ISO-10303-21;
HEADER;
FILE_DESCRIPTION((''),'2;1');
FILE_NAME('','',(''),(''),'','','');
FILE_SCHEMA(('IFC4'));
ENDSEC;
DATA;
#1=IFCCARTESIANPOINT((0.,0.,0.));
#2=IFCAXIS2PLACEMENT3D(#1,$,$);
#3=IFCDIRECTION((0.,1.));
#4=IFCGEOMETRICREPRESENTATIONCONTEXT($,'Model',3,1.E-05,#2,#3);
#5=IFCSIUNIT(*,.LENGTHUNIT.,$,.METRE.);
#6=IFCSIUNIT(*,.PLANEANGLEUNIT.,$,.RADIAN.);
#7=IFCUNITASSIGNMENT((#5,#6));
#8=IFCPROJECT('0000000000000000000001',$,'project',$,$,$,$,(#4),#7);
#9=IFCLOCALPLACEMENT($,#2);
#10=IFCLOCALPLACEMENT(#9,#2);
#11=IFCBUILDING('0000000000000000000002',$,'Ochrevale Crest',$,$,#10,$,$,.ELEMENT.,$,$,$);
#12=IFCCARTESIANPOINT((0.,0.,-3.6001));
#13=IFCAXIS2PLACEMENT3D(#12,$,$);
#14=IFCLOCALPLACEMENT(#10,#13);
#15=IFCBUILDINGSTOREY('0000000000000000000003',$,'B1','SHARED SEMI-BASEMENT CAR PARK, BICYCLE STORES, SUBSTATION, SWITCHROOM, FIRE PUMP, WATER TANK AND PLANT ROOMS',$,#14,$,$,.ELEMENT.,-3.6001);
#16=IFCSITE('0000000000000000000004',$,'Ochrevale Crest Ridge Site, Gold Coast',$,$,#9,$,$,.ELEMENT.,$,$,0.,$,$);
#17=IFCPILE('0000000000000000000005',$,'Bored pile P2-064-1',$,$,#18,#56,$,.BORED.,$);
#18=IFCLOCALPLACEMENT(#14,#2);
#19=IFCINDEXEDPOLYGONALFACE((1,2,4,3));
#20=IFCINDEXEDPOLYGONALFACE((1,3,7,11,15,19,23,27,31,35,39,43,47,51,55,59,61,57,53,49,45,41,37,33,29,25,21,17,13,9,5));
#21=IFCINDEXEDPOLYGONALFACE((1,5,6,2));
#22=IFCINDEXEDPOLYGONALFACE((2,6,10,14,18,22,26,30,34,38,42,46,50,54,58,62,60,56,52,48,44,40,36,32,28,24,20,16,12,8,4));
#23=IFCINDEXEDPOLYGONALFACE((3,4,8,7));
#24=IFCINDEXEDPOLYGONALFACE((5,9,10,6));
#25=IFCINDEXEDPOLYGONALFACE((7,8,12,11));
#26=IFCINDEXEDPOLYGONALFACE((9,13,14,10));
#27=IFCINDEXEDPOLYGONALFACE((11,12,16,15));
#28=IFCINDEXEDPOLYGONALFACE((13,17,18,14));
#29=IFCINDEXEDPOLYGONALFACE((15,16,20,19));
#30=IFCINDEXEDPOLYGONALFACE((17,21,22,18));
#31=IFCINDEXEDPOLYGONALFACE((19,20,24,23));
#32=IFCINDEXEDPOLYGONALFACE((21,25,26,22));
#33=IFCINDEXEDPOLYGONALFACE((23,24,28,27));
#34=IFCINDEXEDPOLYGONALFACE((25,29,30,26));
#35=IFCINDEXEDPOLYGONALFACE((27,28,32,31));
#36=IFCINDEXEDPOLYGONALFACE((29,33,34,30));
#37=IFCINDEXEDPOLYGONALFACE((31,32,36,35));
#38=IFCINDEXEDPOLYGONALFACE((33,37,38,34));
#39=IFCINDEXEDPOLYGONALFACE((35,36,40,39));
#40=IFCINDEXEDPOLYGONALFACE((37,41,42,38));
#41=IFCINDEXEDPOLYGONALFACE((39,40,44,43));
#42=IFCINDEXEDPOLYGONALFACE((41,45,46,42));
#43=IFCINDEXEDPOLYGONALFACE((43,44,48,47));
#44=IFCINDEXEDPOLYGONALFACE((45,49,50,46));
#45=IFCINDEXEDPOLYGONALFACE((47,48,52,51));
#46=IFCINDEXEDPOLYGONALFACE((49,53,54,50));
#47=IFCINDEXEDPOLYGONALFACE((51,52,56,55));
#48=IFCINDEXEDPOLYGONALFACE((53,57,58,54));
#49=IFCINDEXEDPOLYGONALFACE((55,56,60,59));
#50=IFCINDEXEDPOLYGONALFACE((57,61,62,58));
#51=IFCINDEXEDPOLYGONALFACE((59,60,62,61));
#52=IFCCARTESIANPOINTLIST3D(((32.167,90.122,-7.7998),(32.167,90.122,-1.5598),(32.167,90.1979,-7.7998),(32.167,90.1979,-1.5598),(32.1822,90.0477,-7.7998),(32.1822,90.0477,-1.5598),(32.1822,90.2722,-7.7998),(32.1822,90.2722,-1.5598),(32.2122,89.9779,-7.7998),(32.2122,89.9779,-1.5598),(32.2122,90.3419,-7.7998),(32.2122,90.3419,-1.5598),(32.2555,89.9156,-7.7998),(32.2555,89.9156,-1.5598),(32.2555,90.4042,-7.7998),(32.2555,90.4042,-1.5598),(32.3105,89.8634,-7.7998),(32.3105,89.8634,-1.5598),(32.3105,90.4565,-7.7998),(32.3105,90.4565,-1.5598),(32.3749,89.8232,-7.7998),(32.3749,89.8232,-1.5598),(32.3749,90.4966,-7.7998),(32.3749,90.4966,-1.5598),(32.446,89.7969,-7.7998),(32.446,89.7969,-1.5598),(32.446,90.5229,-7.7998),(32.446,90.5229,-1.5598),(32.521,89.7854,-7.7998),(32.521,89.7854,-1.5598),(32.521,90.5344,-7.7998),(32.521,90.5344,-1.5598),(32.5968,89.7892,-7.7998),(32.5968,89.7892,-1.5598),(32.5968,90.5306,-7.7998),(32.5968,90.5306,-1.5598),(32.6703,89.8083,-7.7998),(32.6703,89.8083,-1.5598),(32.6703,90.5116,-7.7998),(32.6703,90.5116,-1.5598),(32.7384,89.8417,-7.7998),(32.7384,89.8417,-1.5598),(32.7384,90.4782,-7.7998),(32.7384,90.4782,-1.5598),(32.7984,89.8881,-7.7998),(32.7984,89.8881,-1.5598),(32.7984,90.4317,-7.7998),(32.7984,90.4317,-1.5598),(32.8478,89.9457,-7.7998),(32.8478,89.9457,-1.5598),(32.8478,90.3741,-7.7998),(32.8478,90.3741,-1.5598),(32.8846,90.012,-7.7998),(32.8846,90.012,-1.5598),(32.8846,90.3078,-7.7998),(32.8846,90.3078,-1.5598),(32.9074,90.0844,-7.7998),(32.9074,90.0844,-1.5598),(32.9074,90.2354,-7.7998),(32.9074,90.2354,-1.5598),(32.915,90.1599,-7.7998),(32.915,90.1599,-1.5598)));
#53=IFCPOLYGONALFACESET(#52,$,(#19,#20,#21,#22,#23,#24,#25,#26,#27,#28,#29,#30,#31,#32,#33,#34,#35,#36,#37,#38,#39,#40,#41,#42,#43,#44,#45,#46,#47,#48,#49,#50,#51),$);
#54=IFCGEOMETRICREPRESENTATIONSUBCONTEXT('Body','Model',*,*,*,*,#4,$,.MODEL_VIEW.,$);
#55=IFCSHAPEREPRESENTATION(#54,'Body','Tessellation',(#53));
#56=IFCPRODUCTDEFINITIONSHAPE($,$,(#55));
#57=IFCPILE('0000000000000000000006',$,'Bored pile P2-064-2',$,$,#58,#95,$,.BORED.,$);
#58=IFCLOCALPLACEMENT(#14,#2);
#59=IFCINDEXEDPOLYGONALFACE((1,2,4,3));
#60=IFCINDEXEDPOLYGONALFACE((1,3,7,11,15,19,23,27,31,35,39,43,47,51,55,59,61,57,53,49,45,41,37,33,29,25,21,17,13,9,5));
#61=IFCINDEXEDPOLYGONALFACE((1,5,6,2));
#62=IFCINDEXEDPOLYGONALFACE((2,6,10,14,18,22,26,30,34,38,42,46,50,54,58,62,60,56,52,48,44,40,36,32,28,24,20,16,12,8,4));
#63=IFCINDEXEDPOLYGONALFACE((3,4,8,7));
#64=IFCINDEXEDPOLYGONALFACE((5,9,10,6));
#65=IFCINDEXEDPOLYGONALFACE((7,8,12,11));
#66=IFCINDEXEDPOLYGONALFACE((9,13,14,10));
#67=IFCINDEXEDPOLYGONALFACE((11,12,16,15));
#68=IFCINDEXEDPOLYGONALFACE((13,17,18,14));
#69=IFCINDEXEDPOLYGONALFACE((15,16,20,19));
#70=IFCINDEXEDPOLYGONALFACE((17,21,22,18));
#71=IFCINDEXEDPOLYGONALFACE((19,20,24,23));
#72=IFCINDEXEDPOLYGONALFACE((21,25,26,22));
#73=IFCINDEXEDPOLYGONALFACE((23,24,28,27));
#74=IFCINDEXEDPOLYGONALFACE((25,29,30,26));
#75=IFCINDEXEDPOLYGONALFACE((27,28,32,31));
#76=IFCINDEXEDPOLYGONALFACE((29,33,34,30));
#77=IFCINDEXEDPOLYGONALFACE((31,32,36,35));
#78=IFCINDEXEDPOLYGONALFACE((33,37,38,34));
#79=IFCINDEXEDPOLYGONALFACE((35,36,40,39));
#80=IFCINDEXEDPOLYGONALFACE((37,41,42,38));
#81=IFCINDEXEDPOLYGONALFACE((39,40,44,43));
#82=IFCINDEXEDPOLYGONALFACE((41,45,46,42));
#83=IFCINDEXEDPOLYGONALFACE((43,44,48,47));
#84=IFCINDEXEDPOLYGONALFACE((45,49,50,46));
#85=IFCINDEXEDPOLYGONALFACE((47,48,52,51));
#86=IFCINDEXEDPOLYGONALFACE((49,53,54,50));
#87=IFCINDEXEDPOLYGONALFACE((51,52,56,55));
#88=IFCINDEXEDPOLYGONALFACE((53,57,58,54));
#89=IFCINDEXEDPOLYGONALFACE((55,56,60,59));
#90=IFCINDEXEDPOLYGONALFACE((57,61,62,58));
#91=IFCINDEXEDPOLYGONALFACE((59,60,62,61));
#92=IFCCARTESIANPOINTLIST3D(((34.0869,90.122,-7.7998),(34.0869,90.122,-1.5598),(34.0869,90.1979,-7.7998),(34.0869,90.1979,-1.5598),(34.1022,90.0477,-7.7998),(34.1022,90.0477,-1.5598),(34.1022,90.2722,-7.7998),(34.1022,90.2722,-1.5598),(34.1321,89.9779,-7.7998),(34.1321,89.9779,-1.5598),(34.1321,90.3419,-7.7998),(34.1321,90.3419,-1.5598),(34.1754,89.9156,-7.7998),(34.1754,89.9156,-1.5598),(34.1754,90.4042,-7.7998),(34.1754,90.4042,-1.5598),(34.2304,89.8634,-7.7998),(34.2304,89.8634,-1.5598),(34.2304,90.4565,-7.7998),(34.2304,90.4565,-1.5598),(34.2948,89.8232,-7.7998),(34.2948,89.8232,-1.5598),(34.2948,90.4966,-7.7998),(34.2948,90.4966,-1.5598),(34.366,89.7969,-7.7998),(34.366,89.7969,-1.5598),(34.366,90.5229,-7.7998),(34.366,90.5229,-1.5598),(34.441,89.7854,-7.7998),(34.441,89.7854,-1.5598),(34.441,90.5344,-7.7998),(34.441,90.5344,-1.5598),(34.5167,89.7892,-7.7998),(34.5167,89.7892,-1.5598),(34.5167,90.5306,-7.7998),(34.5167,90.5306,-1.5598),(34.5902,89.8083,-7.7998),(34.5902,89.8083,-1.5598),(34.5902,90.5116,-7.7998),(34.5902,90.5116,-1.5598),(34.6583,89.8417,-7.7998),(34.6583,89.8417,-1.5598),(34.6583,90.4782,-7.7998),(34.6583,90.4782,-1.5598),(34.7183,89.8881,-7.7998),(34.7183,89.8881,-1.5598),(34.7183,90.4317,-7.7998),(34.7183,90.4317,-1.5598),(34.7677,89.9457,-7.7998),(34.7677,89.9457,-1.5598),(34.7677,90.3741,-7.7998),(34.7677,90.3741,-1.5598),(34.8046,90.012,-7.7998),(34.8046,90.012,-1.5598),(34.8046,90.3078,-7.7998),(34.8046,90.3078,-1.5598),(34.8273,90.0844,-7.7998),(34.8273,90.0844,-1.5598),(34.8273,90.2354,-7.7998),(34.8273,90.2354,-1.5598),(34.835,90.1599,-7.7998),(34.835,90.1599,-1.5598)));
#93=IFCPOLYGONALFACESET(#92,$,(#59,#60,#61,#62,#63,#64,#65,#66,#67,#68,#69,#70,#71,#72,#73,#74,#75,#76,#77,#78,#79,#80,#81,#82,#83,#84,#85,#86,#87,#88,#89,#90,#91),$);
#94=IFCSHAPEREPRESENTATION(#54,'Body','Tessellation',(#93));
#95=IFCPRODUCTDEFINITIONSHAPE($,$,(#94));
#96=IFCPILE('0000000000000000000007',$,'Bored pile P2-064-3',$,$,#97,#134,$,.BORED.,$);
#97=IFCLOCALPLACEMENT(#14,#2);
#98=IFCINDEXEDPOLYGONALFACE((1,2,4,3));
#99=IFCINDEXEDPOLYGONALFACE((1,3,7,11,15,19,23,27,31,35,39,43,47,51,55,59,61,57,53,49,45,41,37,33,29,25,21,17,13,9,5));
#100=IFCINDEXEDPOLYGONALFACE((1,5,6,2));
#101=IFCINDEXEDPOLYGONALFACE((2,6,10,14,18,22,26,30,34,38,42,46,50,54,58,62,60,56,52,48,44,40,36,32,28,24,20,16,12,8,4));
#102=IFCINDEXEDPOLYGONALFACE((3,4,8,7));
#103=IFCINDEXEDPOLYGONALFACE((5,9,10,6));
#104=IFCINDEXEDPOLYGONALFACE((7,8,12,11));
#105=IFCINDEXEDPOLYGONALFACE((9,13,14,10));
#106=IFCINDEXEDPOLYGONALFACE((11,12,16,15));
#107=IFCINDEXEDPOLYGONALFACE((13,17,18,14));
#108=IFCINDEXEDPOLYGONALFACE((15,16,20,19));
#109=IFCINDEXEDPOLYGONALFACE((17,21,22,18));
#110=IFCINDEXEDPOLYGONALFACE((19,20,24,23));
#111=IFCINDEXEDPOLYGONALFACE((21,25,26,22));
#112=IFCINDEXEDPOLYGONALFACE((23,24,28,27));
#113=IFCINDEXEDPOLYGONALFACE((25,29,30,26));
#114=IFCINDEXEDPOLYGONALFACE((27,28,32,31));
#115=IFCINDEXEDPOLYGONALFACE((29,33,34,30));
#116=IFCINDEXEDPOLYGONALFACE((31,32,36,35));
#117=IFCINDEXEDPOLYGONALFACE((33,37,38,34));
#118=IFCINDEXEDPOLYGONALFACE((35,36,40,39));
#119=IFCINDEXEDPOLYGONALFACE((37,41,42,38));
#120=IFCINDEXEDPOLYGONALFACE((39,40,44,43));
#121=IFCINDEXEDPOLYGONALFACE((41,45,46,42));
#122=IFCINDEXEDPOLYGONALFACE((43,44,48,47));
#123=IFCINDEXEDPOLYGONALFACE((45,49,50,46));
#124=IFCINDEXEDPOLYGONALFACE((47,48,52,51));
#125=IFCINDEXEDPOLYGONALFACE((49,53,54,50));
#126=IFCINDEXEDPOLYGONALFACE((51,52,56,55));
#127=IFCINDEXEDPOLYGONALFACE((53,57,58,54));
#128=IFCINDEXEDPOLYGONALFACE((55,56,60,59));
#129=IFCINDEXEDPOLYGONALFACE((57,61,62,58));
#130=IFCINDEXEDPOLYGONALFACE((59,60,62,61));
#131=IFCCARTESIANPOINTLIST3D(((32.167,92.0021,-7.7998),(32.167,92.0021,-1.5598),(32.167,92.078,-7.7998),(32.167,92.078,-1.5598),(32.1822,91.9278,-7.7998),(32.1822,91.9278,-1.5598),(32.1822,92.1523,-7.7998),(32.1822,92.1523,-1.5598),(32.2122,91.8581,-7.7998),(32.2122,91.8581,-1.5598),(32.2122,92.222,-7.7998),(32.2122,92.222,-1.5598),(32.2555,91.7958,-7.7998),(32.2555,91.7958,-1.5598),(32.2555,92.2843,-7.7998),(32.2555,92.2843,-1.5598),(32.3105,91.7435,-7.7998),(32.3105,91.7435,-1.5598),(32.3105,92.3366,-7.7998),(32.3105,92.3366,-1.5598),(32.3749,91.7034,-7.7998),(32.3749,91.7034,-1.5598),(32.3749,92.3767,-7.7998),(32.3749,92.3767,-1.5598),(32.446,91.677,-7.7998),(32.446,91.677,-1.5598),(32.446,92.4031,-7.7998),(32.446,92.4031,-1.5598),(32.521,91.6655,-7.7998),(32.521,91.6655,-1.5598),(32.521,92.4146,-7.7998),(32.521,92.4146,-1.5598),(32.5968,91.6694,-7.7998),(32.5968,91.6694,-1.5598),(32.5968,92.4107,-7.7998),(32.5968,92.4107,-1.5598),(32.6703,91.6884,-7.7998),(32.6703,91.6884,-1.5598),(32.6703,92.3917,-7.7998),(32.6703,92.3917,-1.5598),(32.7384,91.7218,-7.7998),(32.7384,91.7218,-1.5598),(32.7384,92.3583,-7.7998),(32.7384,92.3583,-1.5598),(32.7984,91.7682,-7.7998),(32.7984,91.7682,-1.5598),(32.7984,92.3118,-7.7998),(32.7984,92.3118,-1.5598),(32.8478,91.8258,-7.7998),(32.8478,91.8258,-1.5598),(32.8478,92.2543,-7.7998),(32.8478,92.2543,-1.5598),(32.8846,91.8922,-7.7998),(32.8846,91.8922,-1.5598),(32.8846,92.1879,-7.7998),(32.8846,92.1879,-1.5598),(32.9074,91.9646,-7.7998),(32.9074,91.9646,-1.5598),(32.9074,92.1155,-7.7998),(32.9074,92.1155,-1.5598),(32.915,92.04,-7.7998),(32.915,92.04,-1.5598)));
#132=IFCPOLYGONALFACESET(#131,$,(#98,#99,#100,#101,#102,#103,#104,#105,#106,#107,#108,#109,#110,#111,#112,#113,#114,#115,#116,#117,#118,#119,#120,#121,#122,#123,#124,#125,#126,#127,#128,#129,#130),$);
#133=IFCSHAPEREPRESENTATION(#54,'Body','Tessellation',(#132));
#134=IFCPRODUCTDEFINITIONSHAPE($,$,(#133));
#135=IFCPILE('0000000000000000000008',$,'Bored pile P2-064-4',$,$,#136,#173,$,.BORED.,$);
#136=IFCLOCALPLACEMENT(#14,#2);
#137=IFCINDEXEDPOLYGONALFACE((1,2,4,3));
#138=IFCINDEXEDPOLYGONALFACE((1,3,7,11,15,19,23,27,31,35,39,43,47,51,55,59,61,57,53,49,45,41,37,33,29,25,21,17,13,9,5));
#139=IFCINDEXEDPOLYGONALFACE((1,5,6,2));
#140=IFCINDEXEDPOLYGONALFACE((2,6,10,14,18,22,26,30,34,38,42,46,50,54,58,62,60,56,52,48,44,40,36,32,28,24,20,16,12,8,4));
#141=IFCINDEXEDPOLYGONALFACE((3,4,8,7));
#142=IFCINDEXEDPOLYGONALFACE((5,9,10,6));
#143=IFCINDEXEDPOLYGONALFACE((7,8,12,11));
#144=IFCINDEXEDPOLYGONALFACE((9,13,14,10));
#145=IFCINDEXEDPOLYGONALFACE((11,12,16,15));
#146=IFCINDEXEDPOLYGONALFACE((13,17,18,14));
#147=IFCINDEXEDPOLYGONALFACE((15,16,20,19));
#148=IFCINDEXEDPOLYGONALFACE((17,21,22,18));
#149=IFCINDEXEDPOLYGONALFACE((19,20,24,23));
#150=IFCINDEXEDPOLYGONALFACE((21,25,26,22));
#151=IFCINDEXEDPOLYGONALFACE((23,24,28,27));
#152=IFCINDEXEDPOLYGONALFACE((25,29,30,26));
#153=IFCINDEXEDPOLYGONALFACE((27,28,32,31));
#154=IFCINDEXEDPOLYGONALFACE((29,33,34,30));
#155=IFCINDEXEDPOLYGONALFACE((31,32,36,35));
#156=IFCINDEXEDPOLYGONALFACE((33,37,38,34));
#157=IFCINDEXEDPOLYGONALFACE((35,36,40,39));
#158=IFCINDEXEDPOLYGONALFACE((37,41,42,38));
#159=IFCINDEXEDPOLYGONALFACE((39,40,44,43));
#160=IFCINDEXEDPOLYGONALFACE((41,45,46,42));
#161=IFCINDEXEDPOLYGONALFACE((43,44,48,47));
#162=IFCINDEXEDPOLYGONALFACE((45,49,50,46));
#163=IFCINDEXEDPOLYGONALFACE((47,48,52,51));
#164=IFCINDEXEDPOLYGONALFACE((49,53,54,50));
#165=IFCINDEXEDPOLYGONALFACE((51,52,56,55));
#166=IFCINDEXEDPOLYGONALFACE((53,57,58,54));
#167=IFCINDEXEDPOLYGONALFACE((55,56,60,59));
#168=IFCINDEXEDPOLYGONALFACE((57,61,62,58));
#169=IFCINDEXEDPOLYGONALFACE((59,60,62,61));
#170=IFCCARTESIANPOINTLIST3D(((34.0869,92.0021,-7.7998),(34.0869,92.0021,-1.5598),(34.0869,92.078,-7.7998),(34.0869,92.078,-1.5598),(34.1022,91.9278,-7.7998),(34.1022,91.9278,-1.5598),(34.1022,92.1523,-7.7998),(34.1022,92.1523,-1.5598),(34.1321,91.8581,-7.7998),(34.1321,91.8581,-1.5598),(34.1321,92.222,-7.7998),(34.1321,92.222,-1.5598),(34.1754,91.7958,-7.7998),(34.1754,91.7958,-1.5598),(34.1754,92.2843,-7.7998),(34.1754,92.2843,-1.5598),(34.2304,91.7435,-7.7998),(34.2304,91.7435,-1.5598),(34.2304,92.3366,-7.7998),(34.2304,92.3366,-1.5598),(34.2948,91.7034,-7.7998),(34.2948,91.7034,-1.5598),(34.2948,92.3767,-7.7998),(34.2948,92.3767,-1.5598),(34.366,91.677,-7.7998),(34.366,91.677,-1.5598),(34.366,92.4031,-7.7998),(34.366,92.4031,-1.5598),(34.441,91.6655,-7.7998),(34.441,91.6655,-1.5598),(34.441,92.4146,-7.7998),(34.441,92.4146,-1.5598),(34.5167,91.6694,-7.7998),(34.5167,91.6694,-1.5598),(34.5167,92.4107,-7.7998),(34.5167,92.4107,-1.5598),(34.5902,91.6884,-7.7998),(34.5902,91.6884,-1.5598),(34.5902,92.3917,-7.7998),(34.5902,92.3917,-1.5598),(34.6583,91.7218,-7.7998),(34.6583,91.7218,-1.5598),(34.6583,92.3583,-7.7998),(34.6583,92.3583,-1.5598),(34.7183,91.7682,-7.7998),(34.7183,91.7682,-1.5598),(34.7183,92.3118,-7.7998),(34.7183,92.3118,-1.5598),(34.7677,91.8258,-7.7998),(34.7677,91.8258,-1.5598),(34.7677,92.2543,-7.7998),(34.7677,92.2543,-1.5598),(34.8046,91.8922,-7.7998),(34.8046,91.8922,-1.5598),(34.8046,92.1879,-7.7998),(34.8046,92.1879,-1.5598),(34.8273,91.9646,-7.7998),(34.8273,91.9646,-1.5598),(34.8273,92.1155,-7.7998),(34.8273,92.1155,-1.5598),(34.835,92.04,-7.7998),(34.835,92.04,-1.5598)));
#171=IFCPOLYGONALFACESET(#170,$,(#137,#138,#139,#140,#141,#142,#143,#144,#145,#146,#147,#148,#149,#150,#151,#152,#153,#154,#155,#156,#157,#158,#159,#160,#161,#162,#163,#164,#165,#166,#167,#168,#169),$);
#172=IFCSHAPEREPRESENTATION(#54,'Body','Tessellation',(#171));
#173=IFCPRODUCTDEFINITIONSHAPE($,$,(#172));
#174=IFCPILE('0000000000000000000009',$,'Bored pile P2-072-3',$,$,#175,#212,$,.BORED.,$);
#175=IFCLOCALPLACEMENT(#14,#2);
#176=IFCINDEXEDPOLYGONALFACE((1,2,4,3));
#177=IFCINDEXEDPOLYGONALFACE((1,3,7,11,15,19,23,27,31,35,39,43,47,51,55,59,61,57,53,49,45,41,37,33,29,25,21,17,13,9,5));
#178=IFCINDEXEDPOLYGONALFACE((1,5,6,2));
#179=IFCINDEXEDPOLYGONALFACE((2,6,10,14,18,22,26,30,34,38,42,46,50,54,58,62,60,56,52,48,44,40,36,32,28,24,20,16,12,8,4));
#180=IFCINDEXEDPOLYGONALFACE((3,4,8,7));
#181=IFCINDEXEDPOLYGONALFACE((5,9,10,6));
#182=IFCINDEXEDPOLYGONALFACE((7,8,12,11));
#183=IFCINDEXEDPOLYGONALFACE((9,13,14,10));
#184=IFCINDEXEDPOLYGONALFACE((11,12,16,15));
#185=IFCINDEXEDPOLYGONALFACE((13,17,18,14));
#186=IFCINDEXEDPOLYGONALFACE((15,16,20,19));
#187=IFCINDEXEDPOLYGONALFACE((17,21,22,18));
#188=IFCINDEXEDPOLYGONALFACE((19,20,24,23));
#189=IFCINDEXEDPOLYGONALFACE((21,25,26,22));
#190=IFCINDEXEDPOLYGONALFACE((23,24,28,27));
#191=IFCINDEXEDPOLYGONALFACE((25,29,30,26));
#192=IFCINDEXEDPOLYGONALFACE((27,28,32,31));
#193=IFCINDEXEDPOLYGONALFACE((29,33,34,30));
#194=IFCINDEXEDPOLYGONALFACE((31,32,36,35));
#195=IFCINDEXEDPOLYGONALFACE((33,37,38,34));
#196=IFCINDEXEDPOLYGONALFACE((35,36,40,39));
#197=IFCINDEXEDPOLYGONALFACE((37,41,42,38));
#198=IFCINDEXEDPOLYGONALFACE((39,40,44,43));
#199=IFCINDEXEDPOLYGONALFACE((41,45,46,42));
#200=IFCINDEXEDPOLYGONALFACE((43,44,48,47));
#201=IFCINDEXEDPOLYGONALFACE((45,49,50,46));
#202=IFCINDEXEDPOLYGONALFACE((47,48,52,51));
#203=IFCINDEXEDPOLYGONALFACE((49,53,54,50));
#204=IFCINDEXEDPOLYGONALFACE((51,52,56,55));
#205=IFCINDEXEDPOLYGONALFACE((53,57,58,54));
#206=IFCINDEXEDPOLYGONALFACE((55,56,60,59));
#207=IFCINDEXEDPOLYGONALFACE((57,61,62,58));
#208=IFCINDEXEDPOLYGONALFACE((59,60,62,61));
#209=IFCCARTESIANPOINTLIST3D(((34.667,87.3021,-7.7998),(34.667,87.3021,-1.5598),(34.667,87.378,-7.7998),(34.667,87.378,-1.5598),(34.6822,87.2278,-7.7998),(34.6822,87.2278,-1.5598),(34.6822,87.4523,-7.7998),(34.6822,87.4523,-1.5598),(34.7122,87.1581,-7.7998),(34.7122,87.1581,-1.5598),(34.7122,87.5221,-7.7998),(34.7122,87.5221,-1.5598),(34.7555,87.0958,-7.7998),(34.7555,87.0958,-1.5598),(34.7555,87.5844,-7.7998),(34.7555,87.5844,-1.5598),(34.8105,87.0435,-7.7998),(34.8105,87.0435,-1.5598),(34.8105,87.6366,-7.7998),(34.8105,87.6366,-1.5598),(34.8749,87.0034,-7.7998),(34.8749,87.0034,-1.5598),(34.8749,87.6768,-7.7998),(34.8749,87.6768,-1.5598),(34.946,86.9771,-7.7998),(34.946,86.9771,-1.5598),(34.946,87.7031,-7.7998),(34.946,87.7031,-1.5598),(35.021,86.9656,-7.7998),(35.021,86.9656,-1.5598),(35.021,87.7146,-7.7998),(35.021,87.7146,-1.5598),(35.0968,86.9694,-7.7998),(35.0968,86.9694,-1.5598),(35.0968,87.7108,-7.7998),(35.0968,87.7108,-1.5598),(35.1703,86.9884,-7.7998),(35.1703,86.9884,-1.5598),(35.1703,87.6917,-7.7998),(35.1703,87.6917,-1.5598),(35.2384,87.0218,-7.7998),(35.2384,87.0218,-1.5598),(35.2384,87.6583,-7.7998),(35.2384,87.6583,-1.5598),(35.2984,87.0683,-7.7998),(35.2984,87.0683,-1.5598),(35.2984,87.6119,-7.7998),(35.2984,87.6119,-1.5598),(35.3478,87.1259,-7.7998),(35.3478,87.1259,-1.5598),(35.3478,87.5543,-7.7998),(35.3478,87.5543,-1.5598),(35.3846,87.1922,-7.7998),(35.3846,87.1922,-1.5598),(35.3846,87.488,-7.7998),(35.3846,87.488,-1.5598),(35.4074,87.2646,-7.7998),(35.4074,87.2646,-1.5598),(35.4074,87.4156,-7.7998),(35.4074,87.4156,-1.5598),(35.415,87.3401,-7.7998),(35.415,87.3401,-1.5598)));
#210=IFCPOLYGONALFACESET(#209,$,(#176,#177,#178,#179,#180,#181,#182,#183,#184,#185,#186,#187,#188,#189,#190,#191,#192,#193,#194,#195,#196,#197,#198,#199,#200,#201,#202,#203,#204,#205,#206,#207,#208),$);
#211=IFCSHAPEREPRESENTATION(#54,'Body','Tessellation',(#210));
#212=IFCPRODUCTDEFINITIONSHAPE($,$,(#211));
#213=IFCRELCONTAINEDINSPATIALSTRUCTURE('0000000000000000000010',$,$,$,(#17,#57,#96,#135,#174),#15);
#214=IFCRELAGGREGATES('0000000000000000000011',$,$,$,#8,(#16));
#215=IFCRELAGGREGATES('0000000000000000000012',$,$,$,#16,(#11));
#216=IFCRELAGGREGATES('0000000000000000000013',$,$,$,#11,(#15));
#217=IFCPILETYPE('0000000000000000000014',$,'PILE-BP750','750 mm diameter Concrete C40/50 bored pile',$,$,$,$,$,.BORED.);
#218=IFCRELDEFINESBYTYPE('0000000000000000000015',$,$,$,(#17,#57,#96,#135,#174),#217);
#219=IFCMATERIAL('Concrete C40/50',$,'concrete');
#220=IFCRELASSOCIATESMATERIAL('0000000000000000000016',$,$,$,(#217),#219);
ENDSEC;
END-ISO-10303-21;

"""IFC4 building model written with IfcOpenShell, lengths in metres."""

from ifc_helpers import new_model, si_unit, direction, frame, origin, origin_2d, place, context, subcontext, project, spatial, circle, extrude, material, material_profile, profile_set, type_object, element, save


model = new_model("IFC4")

# Units and contexts
model_context = context("Model", 3, precision=1e-05, world=origin(), true_north=direction((0.0, 1.0)))
body_context = subcontext(model_context, "Body", "Model", "MODEL_VIEW")
ifc_project = project(units=[si_unit("LENGTHUNIT", "METRE"), si_unit("PLANEANGLEUNIT", "RADIAN")], contexts=[model_context])

# Site, building, storey
site_placement = place(None, origin())
site = spatial("IfcSite", under=ifc_project, at=site_placement, Name="Ochrevale Crest Ridge Site, Gold Coast", CompositionType="ELEMENT", RefElevation=0.0)
building_placement = place(site_placement, origin())
building = spatial("IfcBuilding", under=site, at=building_placement, Name="Ochrevale Crest", CompositionType="ELEMENT")
storey_placement = place(building_placement, frame((0.0, 0.0, -3.6001)))
storey = spatial("IfcBuildingStorey", under=building, at=storey_placement, Name="B1", Description="SHARED SEMI-BASEMENT CAR PARK, BICYCLE STORES, SUBSTATION, SWITCHROOM, FIRE PUMP, WATER TANK AND PLANT ROOMS", CompositionType="ELEMENT", Elevation=-3.6001)

# Shared definitions
ifc_material_1 = material(Name="Concrete C40/50", Category="concrete")

# Piles
ifc_material_profile_1 = material_profile(ifc_material_1, circle(Radius=0.375, at=origin_2d()), Name="BORED PILE 750")
ifc_profile_set_1 = profile_set([ifc_material_profile_1], Name="Concrete C40/50")
pile_type_1 = type_object("IfcPileType", Name="PILE-BP750", Description="750 mm diameter Concrete C40/50 bored pile", PredefinedType="BORED", material=ifc_profile_set_1)
for number, where, z_axis, x_axis, name in (
    (1, (32.54, 90.1599, -1.5598), (0.0, 0.0, -1.0), (1.0, 0.0, 0.0), "Bored pile P2-064-1"),
    (2, (34.46, 90.1599, -1.5598), (0.0, 0.0, -1.0), (1.0, 0.0, 0.0), "Bored pile P2-064-2"),
    (3, (32.54, 92.04, -1.5598), (0.0, 0.0, -1.0), (1.0, 0.0, 0.0), "Bored pile P2-064-3"),
    (4, (34.46, 92.04, -1.5598), (0.0, 0.0, -1.0), (1.0, 0.0, 0.0), "Bored pile P2-064-4"),
    (5, (35.04, 87.3401, -1.5598), (0.0, 0.0, -1.0), (1.0, 0.0, 0.0), "Bored pile P2-072-3"),
):
    element("IfcPile", number, at=place(storey_placement, frame(where, z_axis=z_axis, x_axis=x_axis)), inside=storey, type_object=pile_type_1, Name=name, PredefinedType="BORED", context=body_context, shape_type="SweptSolid", body=[
        extrude(circle(Radius=0.375, at=origin_2d()), origin(), (0.0, 0.0, 1.0), 6.24),
    ])

save(model, "model.ifc")
